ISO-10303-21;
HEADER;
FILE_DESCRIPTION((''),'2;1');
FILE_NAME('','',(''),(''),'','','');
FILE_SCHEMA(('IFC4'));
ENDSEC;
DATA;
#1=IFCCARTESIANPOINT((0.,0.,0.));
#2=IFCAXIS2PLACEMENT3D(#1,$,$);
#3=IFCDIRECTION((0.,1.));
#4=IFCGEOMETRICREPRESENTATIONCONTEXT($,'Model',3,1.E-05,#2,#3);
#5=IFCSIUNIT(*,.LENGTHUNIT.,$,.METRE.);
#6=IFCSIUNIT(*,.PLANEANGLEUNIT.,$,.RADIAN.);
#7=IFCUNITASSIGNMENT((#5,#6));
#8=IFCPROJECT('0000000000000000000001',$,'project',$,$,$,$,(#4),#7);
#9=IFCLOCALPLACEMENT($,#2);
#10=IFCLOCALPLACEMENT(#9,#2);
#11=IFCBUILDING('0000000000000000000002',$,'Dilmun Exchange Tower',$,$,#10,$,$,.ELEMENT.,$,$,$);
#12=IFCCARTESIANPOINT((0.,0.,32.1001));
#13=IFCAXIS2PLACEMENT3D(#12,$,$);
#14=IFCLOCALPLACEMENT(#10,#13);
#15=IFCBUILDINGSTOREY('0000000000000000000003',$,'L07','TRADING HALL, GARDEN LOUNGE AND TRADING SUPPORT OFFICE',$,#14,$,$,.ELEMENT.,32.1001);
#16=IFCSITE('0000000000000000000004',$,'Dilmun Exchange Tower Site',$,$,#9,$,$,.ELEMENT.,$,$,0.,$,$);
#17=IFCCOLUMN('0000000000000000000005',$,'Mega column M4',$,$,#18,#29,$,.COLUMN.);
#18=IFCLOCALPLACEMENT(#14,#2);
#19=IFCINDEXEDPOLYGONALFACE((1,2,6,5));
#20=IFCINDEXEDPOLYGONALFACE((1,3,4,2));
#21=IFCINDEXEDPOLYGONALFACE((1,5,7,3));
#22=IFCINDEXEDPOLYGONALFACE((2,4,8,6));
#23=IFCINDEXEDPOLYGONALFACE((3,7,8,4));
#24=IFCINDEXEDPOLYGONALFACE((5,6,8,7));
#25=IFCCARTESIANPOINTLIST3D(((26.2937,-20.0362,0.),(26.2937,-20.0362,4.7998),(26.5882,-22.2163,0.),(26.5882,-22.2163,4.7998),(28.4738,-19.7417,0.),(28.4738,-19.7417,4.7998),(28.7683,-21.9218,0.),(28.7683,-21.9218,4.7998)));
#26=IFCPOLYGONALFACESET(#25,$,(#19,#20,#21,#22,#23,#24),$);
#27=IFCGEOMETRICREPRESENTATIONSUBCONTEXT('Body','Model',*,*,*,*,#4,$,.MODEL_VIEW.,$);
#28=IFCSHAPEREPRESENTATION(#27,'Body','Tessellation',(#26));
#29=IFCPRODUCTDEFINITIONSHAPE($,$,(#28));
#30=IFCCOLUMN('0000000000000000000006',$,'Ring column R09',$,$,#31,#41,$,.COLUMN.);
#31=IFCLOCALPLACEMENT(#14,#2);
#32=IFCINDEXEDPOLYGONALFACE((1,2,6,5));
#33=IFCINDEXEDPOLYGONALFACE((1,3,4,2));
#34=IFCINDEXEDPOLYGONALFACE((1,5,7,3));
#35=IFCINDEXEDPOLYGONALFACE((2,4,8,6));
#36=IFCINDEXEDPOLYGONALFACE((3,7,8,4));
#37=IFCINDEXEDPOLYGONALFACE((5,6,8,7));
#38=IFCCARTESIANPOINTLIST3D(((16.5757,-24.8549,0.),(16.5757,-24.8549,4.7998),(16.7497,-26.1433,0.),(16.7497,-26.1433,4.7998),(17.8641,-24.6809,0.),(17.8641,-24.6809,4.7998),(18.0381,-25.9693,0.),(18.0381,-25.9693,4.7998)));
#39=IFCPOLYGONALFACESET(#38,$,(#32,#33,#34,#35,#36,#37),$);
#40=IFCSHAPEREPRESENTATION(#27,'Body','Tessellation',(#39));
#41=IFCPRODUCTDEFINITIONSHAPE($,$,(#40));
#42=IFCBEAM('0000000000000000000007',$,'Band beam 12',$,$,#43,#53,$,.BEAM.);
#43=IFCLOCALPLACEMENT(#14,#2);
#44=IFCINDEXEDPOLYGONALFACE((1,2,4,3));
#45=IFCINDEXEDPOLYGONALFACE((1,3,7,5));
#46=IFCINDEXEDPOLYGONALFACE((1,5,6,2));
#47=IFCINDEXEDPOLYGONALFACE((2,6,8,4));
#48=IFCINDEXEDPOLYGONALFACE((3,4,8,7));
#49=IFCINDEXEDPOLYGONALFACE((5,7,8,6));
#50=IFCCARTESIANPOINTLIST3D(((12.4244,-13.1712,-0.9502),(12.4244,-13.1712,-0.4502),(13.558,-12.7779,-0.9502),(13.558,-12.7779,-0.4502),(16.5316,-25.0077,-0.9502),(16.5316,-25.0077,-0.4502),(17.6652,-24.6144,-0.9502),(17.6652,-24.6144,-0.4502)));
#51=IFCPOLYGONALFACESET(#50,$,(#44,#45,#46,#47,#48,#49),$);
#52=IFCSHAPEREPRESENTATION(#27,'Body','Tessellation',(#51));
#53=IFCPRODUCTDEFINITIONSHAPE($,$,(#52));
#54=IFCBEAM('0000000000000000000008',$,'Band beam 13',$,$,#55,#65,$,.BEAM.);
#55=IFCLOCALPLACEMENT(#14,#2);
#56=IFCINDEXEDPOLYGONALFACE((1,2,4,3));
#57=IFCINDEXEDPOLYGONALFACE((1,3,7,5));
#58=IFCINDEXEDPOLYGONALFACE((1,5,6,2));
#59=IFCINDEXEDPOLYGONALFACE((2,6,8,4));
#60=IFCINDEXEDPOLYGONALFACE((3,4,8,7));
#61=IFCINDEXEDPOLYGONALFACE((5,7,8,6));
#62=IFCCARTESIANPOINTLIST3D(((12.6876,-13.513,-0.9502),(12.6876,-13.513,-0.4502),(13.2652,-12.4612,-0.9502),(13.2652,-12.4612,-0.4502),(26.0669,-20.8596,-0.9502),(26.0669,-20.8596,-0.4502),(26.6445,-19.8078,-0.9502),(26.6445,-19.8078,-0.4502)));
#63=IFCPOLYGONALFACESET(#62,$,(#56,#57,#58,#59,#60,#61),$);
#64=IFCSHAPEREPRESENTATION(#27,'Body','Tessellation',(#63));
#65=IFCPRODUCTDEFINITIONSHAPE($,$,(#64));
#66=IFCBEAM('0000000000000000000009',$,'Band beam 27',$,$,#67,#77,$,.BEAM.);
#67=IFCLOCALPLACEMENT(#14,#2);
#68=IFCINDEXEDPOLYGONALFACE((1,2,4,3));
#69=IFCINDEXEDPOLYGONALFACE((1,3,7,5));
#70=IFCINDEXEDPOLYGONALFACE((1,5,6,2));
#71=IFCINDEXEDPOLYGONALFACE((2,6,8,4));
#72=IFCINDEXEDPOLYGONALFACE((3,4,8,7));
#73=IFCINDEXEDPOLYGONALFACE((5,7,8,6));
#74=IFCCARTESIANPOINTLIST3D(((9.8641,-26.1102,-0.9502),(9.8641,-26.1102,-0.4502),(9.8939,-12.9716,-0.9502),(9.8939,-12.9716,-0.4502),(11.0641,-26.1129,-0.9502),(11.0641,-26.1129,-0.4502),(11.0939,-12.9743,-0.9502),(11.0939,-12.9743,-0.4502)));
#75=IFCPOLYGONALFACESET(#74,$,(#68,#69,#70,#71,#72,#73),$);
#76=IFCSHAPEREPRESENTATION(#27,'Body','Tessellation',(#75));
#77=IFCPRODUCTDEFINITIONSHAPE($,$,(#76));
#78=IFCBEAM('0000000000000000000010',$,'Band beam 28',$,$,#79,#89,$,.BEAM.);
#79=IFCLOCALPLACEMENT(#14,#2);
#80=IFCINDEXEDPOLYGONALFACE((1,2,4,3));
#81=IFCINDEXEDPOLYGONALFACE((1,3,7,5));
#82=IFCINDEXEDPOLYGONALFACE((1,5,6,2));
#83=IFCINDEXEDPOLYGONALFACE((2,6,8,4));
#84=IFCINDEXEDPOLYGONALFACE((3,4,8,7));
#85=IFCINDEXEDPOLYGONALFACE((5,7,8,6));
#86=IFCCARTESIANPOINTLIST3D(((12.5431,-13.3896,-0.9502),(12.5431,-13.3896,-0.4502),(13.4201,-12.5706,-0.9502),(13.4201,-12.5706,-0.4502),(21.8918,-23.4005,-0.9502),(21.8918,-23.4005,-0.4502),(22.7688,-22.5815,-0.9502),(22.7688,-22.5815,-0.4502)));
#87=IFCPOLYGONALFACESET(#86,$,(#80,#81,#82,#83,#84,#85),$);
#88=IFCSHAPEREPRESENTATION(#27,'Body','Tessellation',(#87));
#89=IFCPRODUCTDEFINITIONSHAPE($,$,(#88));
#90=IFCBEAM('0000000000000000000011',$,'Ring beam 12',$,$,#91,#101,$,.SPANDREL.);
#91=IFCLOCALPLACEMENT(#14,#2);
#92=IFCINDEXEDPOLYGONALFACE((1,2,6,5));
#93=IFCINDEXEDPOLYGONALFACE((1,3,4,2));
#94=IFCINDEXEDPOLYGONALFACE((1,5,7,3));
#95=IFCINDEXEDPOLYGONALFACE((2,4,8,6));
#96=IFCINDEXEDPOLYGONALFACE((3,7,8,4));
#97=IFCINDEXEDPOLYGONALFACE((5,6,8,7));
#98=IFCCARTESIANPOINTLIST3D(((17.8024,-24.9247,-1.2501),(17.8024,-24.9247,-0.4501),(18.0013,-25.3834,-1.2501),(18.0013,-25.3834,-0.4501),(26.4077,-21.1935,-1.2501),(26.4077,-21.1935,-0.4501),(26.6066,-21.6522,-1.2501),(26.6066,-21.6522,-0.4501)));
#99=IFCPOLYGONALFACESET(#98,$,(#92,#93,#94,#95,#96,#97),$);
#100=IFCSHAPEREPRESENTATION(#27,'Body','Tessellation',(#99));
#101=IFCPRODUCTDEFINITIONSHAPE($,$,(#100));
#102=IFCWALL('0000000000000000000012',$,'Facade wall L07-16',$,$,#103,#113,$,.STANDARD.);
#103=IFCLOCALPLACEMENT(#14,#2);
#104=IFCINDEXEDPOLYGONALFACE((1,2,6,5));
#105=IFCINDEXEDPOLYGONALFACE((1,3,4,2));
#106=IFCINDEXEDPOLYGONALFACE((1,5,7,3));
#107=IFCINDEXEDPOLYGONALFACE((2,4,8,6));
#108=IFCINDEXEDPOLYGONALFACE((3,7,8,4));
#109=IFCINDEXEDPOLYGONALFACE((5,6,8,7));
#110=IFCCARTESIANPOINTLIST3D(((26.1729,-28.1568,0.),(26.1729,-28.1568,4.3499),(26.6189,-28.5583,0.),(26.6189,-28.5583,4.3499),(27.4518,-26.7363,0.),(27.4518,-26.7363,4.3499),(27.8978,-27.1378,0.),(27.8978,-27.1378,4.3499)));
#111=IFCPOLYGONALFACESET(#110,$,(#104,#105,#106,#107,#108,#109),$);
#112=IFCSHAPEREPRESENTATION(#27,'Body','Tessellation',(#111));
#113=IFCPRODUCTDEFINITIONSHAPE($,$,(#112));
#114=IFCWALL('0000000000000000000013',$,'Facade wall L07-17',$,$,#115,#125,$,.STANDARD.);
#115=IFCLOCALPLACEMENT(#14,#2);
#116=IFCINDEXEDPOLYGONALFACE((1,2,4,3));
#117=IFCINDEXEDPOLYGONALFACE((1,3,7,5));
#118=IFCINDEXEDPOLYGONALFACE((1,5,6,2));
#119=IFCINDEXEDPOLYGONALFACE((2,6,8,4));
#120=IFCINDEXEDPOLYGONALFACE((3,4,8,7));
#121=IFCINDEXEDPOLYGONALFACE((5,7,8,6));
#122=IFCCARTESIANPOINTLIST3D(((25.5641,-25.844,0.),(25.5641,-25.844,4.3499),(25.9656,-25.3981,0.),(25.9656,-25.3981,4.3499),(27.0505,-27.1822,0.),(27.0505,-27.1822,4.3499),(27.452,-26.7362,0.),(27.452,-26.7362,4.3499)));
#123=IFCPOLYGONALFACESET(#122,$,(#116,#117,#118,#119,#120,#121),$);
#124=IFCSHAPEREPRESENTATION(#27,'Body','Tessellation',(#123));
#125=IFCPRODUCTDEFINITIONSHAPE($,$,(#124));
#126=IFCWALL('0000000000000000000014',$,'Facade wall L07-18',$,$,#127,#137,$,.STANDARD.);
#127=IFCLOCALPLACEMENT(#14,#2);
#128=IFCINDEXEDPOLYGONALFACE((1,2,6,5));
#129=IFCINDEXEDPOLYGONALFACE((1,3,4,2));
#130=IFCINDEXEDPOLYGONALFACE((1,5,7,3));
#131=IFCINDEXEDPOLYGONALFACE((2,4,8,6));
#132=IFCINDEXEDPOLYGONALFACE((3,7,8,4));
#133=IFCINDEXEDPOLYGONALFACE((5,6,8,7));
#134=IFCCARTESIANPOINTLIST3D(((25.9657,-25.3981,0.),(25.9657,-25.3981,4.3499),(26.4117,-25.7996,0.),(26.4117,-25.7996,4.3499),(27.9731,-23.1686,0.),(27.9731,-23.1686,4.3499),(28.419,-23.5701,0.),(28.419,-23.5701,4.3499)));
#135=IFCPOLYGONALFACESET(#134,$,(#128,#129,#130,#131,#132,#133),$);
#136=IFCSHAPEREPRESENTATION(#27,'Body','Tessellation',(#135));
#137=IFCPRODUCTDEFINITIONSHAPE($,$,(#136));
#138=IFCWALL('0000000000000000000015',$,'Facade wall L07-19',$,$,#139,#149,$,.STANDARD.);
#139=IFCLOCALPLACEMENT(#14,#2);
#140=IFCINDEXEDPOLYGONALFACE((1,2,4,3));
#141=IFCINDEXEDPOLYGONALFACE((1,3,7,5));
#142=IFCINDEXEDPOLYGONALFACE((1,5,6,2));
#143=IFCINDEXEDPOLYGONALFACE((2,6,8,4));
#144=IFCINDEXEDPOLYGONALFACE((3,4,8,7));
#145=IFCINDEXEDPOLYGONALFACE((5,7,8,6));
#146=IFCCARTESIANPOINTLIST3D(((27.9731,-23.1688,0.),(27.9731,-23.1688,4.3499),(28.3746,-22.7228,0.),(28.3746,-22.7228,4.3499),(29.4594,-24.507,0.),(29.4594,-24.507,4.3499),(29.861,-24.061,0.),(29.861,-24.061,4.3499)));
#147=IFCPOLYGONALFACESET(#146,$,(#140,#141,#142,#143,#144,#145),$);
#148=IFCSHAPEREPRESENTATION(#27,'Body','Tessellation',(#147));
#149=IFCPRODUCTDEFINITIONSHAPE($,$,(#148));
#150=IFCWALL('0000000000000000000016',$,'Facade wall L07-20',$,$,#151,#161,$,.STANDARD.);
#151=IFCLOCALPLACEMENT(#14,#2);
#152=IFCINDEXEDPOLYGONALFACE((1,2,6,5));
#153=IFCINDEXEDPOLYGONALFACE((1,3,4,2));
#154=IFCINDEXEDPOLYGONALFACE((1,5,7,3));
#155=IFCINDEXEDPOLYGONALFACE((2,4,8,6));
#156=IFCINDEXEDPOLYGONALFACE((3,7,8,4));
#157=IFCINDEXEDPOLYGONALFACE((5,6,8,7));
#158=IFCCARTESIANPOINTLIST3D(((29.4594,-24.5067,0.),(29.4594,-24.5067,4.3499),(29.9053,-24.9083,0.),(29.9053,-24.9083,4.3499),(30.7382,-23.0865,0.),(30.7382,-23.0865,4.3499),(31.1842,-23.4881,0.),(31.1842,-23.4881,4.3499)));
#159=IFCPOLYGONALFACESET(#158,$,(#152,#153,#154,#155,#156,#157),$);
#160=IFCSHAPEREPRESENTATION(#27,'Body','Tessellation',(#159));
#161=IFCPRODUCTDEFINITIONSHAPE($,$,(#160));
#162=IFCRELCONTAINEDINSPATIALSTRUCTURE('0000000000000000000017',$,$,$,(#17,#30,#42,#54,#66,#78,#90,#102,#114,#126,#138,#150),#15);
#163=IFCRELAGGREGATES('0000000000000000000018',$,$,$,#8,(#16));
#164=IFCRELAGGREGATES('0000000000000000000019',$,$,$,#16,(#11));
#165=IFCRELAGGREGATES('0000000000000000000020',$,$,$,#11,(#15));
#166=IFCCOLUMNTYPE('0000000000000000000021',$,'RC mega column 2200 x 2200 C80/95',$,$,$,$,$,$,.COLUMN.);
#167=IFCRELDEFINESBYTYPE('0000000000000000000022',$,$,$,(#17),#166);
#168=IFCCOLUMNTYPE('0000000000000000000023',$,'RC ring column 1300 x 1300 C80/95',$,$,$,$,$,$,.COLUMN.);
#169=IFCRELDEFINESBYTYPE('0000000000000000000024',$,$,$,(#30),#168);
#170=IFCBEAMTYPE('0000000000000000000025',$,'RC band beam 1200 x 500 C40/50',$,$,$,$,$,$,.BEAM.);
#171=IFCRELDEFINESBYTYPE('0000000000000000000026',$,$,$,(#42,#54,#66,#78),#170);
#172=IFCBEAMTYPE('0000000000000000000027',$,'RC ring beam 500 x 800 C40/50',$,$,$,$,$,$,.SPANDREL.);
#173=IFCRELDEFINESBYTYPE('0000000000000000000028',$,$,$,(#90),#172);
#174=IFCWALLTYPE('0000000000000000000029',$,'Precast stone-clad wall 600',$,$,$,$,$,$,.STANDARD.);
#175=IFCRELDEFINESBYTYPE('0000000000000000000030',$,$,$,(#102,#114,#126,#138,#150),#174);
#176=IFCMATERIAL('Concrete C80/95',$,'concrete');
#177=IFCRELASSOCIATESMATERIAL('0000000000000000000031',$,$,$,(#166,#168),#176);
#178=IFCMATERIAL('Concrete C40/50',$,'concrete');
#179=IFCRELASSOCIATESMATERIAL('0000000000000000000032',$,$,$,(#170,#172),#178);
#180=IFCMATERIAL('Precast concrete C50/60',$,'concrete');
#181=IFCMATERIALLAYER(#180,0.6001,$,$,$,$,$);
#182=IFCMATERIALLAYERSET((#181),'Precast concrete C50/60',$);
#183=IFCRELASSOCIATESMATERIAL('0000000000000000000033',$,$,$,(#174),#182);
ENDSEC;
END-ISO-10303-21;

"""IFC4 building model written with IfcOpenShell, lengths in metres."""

from ifc_helpers import new_model, si_unit, direction, frame, frame_2d, origin, origin_2d, place, context, subcontext, project, spatial, rectangle, extrude, material, layer, layer_set, material_profile, profile_set, type_object, element, save


model = new_model("IFC4")

# Units and contexts
model_context = context("Model", 3, precision=1e-05, world=origin(), true_north=direction((0.0, 1.0)))
body_context = subcontext(model_context, "Body", "Model", "MODEL_VIEW")
ifc_project = project(units=[si_unit("LENGTHUNIT", "METRE"), si_unit("PLANEANGLEUNIT", "RADIAN")], contexts=[model_context])

# Site, building, storey
site_placement = place(None, origin())
site = spatial("IfcSite", under=ifc_project, at=site_placement, Name="Dilmun Exchange Tower Site", CompositionType="ELEMENT", RefElevation=0.0)
building_placement = place(site_placement, origin())
building = spatial("IfcBuilding", under=site, at=building_placement, Name="Dilmun Exchange Tower", CompositionType="ELEMENT")
storey_placement = place(building_placement, frame((0.0, 0.0, 32.1001)))
storey = spatial("IfcBuildingStorey", under=building, at=storey_placement, Name="L07", Description="TRADING HALL, GARDEN LOUNGE AND TRADING SUPPORT OFFICE", CompositionType="ELEMENT", Elevation=32.1001)

# Columns
ifc_material_1 = material(Name="Concrete C80/95", Category="concrete")
ifc_material_profile_1 = material_profile(ifc_material_1, rectangle(XDim=2.2, YDim=2.2, at=origin_2d()), Name="2200 x 2200")
ifc_profile_set_1 = profile_set([ifc_material_profile_1], Name="Concrete C80/95")
column_type_1 = type_object("IfcColumnType", Name="RC mega column 2200 x 2200 C80/95", PredefinedType="COLUMN", material=ifc_profile_set_1)
column_1_placement = place(storey_placement, frame((27.531, -20.979, 0.0), z_axis=(0.0, 0.0, 1.0), x_axis=(0.991001, 0.133853, 0.0)))
element("IfcColumn", 1, at=column_1_placement, inside=storey, type_object=column_type_1, Name="Mega column M4", PredefinedType="COLUMN", context=body_context, shape_type="SweptSolid", body=[
    extrude(rectangle(XDim=2.2, YDim=2.2, at=origin_2d()), origin(), (0.0, 0.0, 1.0), 4.7998),
])
ifc_material_profile_2 = material_profile(ifc_material_1, rectangle(XDim=1.3, YDim=1.3, at=origin_2d()), Name="1300 x 1300")
ifc_profile_set_2 = profile_set([ifc_material_profile_2], Name="Concrete C80/95")
column_type_2 = type_object("IfcColumnType", Name="RC ring column 1300 x 1300 C80/95", PredefinedType="COLUMN", material=ifc_profile_set_2)
column_2_placement = place(storey_placement, frame((17.3069, -25.4121, 0.0), z_axis=(0.0, 0.0, 1.0), x_axis=(0.991001, 0.133853, 0.0)))
element("IfcColumn", 2, at=column_2_placement, inside=storey, type_object=column_type_2, Name="Ring column R09", PredefinedType="COLUMN", context=body_context, shape_type="SweptSolid", body=[
    extrude(rectangle(XDim=1.3, YDim=1.3, at=origin_2d()), origin(), (0.0, 0.0, 1.0), 4.7998),
])

# Beams
ifc_material_2 = material(Name="Concrete C40/50", Category="concrete")
ifc_material_profile_3 = material_profile(ifc_material_2, rectangle(XDim=1.2, YDim=0.5, at=origin_2d()), Name="1200 x 500")
ifc_profile_set_3 = profile_set([ifc_material_profile_3], Name="Concrete C40/50")
beam_type_1 = type_object("IfcBeamType", Name="RC band beam 1200 x 500 C40/50", PredefinedType="BEAM", material=ifc_profile_set_3)
beam_1_placement = place(storey_placement, frame((17.0984, -24.811, -0.7002), z_axis=(-0.32782, 0.94474, 0.0), x_axis=(-0.94474, -0.32782, 0.0)))
element("IfcBeam", 3, at=beam_1_placement, inside=storey, type_object=beam_type_1, Name="Band beam 12", PredefinedType="BEAM", context=body_context, shape_type="SweptSolid", body=[
    extrude(rectangle(XDim=1.2, YDim=0.5, at=origin_2d()), origin(), (0.0, 0.0, 1.0), 12.5288),
])
beam_2_placement = place(storey_placement, frame((26.3557, -20.3337, -0.7002), z_axis=(-0.876547, 0.481316, 0.0), x_axis=(-0.481316, -0.876547, 0.0)))
element("IfcBeam", 4, at=beam_2_placement, inside=storey, type_object=beam_type_1, Name="Band beam 13", PredefinedType="BEAM", context=body_context, shape_type="SweptSolid", body=[
    extrude(rectangle(XDim=1.2, YDim=0.5, at=origin_2d()), origin(), (0.0, 0.0, 1.0), 15.2637),
])
beam_3_placement = place(storey_placement, frame((10.4641, -26.1116, -0.7002), z_axis=(0.002267, 0.999997, 0.0), x_axis=(-0.999997, 0.002267, 0.0)))
element("IfcBeam", 5, at=beam_3_placement, inside=storey, type_object=beam_type_1, Name="Band beam 27", PredefinedType="BEAM", context=body_context, shape_type="SweptSolid", body=[
    extrude(rectangle(XDim=1.2, YDim=0.5, at=origin_2d()), origin(), (0.0, 0.0, 1.0), 13.1387),
])
beam_4_placement = place(storey_placement, frame((22.3303, -22.991, -0.7002), z_axis=(-0.682524, 0.730863, 0.0), x_axis=(-0.730863, -0.682524, 0.0)))
element("IfcBeam", 6, at=beam_4_placement, inside=storey, type_object=beam_type_1, Name="Band beam 28", PredefinedType="BEAM", context=body_context, shape_type="SweptSolid", body=[
    extrude(rectangle(XDim=1.2, YDim=0.5, at=origin_2d()), origin(), (0.0, 0.0, 1.0), 13.6973),
])
ifc_material_profile_4 = material_profile(ifc_material_2, rectangle(XDim=0.5, YDim=0.8, at=origin_2d()), Name="500 x 800")
ifc_profile_set_4 = profile_set([ifc_material_profile_4], Name="Concrete C40/50")
beam_type_2 = type_object("IfcBeamType", Name="RC ring beam 500 x 800 C40/50", PredefinedType="SPANDREL", material=ifc_profile_set_4)
beam_5_placement = place(storey_placement, frame((17.9019, -25.1541, -0.8501), z_axis=(0.917467, 0.397811, 0.0), x_axis=(-0.397811, 0.917467, 0.0)))
element("IfcBeam", 7, at=beam_5_placement, inside=storey, type_object=beam_type_2, Name="Ring beam 12", PredefinedType="SPANDREL", context=body_context, shape_type="SweptSolid", body=[
    extrude(rectangle(XDim=0.5, YDim=0.8, at=origin_2d()), origin(), (0.0, 0.0, 1.0), 9.3794),
])

# Walls
ifc_material_3 = material(Name="Precast concrete C50/60", Category="concrete")
ifc_layer = layer(ifc_material_3, 0.6001)
ifc_layer_set = layer_set([ifc_layer], Name="Precast concrete C50/60")
wall_type = type_object("IfcWallType", Name="Precast stone-clad wall 600", PredefinedType="STANDARD", material=ifc_layer_set)
wall_1_placement = place(storey_placement, frame((26.396, -28.3574, 0.0), z_axis=(0.0, 0.0, 1.0), x_axis=(0.669092, 0.74318, 0.0)))
element("IfcWall", 8, at=wall_1_placement, inside=storey, type_object=wall_type, Name="Facade wall L07-16", PredefinedType="STANDARD", context=body_context, shape_type="SweptSolid", body=[
    extrude(rectangle(XDim=1.9114, YDim=0.6001, at=frame_2d((0.9556, 0.0))), origin(), (0.0, 0.0, 1.0), 4.3499),
])
wall_2_placement = place(storey_placement, frame((27.2512, -26.9592, 0.0), z_axis=(0.0, 0.0, 1.0), x_axis=(-0.743185, 0.669086, 0.0)))
element("IfcWall", 9, at=wall_2_placement, inside=storey, type_object=wall_type, Name="Facade wall L07-17", PredefinedType="STANDARD", context=body_context, shape_type="SweptSolid", body=[
    extrude(rectangle(XDim=2.0, YDim=0.6001, at=frame_2d((1.0, 0.0))), origin(), (0.0, 0.0, 1.0), 4.3499),
])
wall_3_placement = place(storey_placement, frame((26.1887, -25.5989, 0.0), z_axis=(0.0, 0.0, 1.0), x_axis=(0.669109, 0.743165, 0.0)))
element("IfcWall", 10, at=wall_3_placement, inside=storey, type_object=wall_type, Name="Facade wall L07-18", PredefinedType="STANDARD", context=body_context, shape_type="SweptSolid", body=[
    extrude(rectangle(XDim=3.0, YDim=0.6001, at=frame_2d((1.5, 0.0))), origin(), (0.0, 0.0, 1.0), 4.3499),
])
wall_4_placement = place(storey_placement, frame((28.1738, -22.9458, 0.0), z_axis=(0.0, 0.0, 1.0), x_axis=(0.743185, -0.669086, 0.0)))
element("IfcWall", 11, at=wall_4_placement, inside=storey, type_object=wall_type, Name="Facade wall L07-19", PredefinedType="STANDARD", context=body_context, shape_type="SweptSolid", body=[
    extrude(rectangle(XDim=2.0, YDim=0.6001, at=frame_2d((1.0, 0.0))), origin(), (0.0, 0.0, 1.0), 4.3499),
])
wall_5_placement = place(storey_placement, frame((29.6824, -24.7075, 0.0), z_axis=(0.0, 0.0, 1.0), x_axis=(0.669155, 0.743123, 0.0)))
element("IfcWall", 12, at=wall_5_placement, inside=storey, type_object=wall_type, Name="Facade wall L07-20", PredefinedType="STANDARD", context=body_context, shape_type="SweptSolid", body=[
    extrude(rectangle(XDim=1.9111, YDim=0.6001, at=frame_2d((0.9556, 0.0))), origin(), (0.0, 0.0, 1.0), 4.3499),
])

save(model, "model.ifc")
